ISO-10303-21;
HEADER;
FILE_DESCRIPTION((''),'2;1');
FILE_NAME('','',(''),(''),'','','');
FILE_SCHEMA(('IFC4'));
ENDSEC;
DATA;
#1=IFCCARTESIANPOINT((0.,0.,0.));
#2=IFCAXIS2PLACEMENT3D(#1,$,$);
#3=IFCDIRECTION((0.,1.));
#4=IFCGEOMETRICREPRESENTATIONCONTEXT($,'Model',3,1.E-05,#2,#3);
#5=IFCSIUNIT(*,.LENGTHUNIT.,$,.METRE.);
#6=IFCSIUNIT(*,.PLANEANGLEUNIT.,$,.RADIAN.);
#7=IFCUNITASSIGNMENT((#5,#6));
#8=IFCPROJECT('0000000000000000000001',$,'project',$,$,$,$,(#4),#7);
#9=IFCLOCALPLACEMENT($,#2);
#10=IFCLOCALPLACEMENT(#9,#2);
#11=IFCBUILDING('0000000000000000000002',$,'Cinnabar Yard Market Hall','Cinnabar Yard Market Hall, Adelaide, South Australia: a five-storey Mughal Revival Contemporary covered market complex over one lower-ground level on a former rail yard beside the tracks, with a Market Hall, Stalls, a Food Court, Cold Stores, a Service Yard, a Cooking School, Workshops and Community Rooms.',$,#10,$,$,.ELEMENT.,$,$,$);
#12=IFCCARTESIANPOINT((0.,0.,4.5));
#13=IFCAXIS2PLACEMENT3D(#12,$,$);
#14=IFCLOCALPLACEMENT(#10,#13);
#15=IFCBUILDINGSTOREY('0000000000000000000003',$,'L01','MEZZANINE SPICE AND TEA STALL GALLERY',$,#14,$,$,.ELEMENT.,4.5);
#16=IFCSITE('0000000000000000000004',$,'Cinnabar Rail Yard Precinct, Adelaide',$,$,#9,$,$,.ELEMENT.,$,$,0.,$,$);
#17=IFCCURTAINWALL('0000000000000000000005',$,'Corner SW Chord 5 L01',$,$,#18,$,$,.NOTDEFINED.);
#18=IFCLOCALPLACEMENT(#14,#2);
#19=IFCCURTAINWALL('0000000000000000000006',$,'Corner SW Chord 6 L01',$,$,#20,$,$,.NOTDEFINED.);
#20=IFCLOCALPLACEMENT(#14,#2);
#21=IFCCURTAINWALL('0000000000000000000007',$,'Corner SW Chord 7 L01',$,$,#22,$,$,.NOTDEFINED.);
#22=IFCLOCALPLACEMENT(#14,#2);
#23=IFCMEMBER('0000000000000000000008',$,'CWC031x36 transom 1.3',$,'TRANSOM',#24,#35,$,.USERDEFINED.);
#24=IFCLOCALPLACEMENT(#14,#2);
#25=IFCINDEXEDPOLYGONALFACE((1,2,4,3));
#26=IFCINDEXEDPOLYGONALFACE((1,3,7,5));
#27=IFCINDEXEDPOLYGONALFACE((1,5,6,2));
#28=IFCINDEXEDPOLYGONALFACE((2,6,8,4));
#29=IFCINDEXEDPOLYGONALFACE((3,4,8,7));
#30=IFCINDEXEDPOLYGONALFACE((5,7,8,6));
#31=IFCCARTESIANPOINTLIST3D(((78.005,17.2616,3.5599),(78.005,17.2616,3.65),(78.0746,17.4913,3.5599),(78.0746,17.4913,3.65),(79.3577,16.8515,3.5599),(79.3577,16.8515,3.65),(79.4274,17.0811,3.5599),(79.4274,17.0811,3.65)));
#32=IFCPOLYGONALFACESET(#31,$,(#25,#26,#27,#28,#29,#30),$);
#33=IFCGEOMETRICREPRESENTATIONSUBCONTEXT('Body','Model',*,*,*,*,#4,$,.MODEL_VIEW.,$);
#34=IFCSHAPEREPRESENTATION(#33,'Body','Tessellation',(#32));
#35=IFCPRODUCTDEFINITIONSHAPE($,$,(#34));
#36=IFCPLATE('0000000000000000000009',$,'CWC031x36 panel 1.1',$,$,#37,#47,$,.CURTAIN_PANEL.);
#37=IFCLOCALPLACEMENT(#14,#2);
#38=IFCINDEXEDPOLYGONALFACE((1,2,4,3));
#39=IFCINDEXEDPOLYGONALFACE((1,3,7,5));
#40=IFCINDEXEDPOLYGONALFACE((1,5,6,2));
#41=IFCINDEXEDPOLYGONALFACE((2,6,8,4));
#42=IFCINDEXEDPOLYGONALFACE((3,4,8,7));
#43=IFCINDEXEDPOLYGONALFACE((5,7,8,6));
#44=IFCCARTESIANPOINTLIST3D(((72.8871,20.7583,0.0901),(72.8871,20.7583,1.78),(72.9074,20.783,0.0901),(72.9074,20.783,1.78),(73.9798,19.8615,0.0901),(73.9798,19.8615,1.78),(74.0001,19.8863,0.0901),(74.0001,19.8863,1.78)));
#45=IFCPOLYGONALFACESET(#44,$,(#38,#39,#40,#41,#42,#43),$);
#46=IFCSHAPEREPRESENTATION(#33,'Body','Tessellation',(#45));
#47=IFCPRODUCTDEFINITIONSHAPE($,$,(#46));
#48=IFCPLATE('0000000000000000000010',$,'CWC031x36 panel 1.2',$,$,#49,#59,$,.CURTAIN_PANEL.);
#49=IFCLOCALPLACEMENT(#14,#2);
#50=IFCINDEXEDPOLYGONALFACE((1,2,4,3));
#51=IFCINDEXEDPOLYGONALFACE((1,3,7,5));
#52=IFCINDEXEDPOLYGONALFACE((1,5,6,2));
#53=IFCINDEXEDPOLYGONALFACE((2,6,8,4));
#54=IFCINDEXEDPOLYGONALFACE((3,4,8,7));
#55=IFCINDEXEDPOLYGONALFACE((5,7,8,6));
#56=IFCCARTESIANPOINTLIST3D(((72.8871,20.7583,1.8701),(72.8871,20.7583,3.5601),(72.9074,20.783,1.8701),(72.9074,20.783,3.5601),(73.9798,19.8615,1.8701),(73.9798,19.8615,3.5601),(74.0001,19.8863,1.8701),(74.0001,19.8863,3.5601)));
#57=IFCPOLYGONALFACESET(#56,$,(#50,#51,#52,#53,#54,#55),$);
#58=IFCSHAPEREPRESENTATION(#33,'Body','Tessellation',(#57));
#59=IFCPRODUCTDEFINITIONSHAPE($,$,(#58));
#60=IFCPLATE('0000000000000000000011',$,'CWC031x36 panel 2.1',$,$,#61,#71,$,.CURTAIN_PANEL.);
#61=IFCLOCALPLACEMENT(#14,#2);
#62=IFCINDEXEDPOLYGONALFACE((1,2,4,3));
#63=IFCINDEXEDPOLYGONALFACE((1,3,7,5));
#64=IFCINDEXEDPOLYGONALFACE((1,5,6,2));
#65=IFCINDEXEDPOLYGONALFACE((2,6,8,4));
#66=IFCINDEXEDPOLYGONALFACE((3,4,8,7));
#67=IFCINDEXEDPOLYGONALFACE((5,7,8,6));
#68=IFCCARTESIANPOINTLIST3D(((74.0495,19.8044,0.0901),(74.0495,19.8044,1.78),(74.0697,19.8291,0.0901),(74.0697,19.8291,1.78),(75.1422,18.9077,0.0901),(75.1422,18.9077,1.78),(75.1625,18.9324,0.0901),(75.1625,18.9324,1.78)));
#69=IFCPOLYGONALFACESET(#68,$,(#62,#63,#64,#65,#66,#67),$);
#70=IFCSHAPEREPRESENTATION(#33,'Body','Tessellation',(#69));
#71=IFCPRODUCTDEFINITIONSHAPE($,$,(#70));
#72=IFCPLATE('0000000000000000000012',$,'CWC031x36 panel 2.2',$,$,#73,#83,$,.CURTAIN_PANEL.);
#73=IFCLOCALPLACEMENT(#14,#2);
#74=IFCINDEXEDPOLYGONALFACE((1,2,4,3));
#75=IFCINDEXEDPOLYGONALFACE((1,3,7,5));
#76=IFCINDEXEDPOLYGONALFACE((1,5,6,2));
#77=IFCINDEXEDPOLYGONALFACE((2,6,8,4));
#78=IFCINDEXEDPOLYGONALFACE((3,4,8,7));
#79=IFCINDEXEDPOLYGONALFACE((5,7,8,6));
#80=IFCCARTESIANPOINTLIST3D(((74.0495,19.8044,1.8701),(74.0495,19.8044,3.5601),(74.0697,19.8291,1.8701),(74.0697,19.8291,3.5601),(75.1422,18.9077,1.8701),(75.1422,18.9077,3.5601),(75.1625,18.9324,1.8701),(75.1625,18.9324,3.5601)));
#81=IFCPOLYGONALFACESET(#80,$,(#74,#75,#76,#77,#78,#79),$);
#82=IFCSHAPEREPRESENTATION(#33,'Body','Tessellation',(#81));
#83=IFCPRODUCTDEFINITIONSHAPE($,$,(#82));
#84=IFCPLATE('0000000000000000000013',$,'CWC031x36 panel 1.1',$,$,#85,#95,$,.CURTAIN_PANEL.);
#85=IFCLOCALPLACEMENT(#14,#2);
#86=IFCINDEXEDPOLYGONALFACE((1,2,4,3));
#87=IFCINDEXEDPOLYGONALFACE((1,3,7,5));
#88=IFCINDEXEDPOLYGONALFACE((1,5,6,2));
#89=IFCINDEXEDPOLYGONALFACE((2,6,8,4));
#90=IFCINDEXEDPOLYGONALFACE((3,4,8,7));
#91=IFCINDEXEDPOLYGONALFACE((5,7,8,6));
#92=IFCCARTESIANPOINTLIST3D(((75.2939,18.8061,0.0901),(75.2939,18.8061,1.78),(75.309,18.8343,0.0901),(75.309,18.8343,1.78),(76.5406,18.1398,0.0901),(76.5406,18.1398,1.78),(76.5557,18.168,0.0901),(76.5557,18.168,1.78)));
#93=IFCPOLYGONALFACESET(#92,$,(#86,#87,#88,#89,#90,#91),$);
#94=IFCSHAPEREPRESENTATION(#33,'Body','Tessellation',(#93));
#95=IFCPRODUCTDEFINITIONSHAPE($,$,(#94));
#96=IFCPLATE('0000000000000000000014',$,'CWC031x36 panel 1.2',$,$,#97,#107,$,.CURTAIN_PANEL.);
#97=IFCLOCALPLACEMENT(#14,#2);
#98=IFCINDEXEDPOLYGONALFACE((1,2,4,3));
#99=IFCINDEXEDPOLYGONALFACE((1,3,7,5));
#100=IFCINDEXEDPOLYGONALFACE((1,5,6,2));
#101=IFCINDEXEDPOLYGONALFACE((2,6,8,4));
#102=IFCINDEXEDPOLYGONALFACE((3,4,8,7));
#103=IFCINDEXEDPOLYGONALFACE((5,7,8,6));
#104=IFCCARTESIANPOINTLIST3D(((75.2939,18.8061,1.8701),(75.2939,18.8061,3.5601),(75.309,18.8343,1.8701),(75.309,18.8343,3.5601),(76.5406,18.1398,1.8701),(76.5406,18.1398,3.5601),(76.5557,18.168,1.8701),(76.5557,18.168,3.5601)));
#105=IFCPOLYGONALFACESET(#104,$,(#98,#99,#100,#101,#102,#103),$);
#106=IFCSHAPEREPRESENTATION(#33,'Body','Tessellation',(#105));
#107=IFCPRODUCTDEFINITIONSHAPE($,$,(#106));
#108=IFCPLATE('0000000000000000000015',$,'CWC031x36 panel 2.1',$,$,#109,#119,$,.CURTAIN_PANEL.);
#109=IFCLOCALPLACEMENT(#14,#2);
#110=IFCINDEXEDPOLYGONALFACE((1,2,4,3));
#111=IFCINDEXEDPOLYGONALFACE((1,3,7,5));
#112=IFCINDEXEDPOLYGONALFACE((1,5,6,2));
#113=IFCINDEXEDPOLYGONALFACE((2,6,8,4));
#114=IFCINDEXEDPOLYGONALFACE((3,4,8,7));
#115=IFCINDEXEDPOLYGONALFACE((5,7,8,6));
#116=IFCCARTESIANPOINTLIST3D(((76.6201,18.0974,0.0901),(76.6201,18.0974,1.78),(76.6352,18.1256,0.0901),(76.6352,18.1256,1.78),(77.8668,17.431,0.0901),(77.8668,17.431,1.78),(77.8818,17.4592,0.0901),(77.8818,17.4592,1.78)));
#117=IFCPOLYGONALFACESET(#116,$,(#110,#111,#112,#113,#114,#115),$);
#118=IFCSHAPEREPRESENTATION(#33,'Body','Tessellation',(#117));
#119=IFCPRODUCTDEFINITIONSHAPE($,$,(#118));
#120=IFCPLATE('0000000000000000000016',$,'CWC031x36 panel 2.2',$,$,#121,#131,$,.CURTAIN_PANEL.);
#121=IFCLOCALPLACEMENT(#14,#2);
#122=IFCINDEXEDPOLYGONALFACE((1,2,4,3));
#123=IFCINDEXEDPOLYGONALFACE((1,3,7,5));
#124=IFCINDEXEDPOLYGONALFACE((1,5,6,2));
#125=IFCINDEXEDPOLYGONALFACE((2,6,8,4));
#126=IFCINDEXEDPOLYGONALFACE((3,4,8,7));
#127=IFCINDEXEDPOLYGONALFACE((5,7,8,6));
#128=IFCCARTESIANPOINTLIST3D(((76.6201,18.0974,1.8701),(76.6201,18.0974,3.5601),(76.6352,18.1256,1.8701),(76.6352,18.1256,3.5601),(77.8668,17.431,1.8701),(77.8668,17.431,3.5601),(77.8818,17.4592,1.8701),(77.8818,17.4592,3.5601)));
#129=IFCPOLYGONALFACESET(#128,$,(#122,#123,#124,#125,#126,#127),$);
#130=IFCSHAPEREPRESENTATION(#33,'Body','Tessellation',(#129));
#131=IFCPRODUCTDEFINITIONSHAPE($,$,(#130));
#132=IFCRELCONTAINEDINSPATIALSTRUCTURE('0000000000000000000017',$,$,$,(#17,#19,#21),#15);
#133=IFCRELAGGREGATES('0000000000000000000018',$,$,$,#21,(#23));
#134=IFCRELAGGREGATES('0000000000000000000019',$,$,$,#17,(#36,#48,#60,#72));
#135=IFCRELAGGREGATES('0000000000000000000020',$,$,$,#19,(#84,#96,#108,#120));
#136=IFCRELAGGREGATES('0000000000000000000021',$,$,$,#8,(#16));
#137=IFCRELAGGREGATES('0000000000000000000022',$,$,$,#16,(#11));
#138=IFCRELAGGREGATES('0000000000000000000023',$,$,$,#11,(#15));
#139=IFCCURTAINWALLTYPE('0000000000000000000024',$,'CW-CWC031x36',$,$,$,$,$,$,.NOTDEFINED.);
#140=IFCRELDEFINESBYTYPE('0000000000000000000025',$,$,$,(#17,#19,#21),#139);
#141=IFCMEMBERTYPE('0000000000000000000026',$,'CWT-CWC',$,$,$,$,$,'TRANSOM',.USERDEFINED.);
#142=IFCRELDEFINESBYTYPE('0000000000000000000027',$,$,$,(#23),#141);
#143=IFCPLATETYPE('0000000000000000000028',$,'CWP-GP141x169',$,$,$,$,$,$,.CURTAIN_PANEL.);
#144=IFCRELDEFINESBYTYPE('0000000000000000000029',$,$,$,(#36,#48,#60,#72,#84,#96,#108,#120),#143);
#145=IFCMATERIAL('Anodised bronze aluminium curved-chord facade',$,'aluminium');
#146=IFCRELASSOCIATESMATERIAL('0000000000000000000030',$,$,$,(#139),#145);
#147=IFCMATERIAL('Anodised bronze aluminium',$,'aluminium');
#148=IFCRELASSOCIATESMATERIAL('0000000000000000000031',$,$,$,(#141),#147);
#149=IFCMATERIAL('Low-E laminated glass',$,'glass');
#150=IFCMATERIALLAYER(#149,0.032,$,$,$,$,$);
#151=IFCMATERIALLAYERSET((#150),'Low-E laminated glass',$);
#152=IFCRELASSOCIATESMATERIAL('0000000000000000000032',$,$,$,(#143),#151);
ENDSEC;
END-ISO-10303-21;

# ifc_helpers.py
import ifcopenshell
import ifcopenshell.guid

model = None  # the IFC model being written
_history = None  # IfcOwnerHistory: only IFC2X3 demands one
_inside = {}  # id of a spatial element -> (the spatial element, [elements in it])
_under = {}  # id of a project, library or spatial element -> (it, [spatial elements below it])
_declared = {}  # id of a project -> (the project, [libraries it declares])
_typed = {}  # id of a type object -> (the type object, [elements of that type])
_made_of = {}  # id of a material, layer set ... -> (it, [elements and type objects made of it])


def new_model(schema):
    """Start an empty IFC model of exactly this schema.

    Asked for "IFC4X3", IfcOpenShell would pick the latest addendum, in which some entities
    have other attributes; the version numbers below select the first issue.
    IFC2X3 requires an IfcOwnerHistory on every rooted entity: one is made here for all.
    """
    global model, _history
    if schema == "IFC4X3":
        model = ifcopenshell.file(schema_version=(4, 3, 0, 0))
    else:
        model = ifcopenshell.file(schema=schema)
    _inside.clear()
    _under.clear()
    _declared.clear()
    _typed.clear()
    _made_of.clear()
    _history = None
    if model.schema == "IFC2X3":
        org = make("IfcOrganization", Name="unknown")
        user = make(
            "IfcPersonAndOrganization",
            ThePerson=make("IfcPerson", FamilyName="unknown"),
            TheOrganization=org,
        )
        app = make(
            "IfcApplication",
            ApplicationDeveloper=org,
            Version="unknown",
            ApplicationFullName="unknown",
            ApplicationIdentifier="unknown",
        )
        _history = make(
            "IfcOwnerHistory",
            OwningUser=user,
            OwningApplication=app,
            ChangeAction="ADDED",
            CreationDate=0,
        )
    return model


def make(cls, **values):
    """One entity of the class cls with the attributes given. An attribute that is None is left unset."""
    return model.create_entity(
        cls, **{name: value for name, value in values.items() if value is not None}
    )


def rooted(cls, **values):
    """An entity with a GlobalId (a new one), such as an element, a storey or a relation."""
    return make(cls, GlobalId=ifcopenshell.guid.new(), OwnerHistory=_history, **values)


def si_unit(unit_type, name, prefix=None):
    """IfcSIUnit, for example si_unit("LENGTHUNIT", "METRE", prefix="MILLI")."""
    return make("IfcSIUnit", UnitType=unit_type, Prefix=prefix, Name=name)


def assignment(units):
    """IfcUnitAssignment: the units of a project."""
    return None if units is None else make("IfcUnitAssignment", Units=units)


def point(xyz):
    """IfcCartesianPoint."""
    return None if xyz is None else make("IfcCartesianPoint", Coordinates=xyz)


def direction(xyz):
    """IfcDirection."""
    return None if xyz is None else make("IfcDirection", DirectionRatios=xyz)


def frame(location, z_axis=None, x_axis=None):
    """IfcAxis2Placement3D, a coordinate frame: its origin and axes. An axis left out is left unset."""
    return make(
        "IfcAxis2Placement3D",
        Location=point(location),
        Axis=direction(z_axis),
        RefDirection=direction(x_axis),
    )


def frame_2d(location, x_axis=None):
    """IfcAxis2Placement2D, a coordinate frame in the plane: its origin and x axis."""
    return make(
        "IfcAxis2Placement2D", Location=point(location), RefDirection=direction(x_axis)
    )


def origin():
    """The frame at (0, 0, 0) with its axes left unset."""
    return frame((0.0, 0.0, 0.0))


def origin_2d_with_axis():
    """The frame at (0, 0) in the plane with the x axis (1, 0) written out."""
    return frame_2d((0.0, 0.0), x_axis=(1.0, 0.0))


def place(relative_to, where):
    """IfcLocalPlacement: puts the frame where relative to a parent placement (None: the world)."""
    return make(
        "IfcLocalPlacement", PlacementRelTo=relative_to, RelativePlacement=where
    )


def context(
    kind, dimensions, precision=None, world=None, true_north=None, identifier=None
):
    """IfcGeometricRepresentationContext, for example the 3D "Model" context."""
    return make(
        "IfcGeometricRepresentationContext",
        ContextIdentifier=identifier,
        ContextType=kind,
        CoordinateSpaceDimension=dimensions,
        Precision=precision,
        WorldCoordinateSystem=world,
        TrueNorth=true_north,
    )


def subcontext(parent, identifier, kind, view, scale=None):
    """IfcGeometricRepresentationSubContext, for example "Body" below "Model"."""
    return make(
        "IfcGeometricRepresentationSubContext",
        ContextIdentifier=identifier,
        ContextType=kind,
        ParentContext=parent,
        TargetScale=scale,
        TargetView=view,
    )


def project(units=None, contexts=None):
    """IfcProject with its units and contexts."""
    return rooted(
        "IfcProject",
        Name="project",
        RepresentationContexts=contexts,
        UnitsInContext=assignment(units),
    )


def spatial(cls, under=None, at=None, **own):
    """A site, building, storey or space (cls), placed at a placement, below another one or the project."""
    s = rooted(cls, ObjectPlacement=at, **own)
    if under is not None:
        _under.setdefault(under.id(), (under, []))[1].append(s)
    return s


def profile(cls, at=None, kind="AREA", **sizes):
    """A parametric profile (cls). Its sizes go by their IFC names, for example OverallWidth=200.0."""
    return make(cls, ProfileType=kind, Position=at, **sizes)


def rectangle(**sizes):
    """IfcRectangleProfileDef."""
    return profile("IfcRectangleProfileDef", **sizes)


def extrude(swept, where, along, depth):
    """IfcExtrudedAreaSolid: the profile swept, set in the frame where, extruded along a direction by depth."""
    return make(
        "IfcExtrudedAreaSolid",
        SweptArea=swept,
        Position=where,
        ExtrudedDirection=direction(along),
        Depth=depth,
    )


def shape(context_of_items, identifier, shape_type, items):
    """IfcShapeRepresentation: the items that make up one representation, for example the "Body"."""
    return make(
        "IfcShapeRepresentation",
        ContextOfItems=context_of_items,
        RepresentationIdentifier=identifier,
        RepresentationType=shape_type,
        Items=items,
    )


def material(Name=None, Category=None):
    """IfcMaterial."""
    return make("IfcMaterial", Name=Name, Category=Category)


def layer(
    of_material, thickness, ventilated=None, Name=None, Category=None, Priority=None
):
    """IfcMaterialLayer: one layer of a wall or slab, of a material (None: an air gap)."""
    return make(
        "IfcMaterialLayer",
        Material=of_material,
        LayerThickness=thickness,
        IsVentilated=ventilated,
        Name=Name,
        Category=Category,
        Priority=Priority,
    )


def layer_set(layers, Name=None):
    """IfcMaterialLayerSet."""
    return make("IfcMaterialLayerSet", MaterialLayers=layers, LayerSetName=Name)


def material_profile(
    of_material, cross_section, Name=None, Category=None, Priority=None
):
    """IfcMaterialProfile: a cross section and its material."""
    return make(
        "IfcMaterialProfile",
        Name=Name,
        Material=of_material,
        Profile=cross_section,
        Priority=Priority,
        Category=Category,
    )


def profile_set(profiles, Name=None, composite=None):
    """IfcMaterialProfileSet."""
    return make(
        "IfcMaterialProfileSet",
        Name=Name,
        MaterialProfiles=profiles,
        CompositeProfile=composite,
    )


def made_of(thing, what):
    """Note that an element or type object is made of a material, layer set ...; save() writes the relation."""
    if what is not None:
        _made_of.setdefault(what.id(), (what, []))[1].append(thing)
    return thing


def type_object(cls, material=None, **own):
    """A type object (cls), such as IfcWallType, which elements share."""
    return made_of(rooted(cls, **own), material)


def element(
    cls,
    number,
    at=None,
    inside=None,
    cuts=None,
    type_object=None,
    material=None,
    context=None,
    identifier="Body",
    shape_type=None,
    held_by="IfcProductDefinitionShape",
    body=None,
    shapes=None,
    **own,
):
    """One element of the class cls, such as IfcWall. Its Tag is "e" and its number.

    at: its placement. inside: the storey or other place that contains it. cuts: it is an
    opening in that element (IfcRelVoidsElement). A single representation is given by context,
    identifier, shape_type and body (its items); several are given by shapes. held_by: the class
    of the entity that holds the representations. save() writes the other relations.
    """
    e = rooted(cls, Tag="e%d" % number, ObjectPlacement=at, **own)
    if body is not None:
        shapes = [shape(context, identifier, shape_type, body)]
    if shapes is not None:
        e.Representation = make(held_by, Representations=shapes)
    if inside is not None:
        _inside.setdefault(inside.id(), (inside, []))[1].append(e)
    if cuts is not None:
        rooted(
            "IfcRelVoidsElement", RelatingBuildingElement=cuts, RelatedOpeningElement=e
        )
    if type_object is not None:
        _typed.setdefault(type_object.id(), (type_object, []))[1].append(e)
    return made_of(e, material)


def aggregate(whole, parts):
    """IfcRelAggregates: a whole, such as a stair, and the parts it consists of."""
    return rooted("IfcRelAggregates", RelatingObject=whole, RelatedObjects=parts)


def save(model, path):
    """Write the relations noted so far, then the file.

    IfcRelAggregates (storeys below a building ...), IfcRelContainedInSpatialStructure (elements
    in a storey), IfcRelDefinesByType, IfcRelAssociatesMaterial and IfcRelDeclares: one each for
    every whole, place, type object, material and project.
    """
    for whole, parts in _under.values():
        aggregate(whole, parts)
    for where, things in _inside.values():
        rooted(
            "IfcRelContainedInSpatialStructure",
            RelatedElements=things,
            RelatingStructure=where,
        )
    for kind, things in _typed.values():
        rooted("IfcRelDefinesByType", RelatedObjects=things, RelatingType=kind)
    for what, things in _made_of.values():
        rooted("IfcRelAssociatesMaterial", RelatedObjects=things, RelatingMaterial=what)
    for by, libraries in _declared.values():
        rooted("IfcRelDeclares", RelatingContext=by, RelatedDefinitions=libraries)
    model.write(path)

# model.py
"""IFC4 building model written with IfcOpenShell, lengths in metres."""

from ifc_helpers import new_model, si_unit, direction, frame, origin, origin_2d_with_axis, place, context, subcontext, project, spatial, rectangle, extrude, material, layer, layer_set, material_profile, profile_set, type_object, element, aggregate, save


model = new_model("IFC4")

# Units and contexts
model_context = context("Model", 3, precision=1e-05, world=origin(), true_north=direction((0.0, 1.0)))
body_context = subcontext(model_context, "Body", "Model", "MODEL_VIEW")
ifc_project = project(units=[si_unit("LENGTHUNIT", "METRE"), si_unit("PLANEANGLEUNIT", "RADIAN")], contexts=[model_context])

# Site, building, storey
site_placement = place(None, origin())
site = spatial("IfcSite", under=ifc_project, at=site_placement, Name="Cinnabar Rail Yard Precinct, Adelaide", CompositionType="ELEMENT", RefElevation=0.0)
building_placement = place(site_placement, origin())
building = spatial("IfcBuilding", under=site, at=building_placement, Name="Cinnabar Yard Market Hall", Description="Cinnabar Yard Market Hall, Adelaide, South Australia: a five-storey Mughal Revival Contemporary covered market complex over one lower-ground level on a former rail yard beside the tracks, with a Market Hall, Stalls, a Food Court, Cold Stores, a Service Yard, a Cooking School, Workshops and Community Rooms.", CompositionType="ELEMENT")
storey_placement = place(building_placement, frame((0.0, 0.0, 4.5)))
storey = spatial("IfcBuildingStorey", under=building, at=storey_placement, Name="L01", Description="MEZZANINE SPICE AND TEA STALL GALLERY", CompositionType="ELEMENT", Elevation=4.5)

# Curtain walls
ifc_material_1 = material(Name="Anodised bronze aluminium curved-chord facade", Category="aluminium")
curtain_wall_type = type_object("IfcCurtainWallType", Name="CW-CWC031x36", PredefinedType="NOTDEFINED", material=ifc_material_1)
curtain_wall_1_placement = place(storey_placement, origin())
curtain_wall_1 = element("IfcCurtainWall", 1, at=curtain_wall_1_placement, inside=storey, type_object=curtain_wall_type, Name="Corner SW Chord 5 L01", PredefinedType="NOTDEFINED")
ifc_material_2 = material(Name="Anodised bronze aluminium", Category="aluminium")
curtain_wall_2_placement = place(storey_placement, origin())
curtain_wall_2 = element("IfcCurtainWall", 2, at=curtain_wall_2_placement, inside=storey, type_object=curtain_wall_type, Name="Corner SW Chord 6 L01", PredefinedType="NOTDEFINED")

# Curtain wall
curtain_wall_3_placement = place(storey_placement, origin())
curtain_wall_3 = element("IfcCurtainWall", 3, at=curtain_wall_3_placement, inside=storey, type_object=curtain_wall_type, Name="Corner SW Chord 7 L01", PredefinedType="NOTDEFINED")

# Member
ifc_material_profile_1 = material_profile(ifc_material_2, rectangle(XDim=0.24, YDim=0.0901, at=origin_2d_with_axis()), Name="TRN-CWC")
ifc_profile_set_1 = profile_set([ifc_material_profile_1], Name="Anodised bronze aluminium")
member_type_1 = type_object("IfcMemberType", Name="CWT-CWC", ElementType="TRANSOM", PredefinedType="USERDEFINED", material=ifc_profile_set_1)
member_1_placement = place(storey_placement, frame((78.0398, 17.3765, 3.605), z_axis=(0.956981, -0.290151, 0.0), x_axis=(0.290151, 0.956981, 0.0)))
member_1 = element("IfcMember", 4, at=member_1_placement, type_object=member_type_1, Name="CWC031x36 transom 1.3", ObjectType="TRANSOM", PredefinedType="USERDEFINED", context=body_context, shape_type="SweptSolid", body=[
    extrude(rectangle(XDim=0.24, YDim=0.0901, at=origin_2d_with_axis()), origin(), (0.0, 0.0, 1.0), 1.4136),
])
aggregate(curtain_wall_3, [member_1])

# Plates
ifc_material_3 = material(Name="Low-E laminated glass", Category="glass")
ifc_layer = layer(ifc_material_3, 0.032)
ifc_layer_set = layer_set([ifc_layer], Name="Low-E laminated glass")
plate_type = type_object("IfcPlateType", Name="CWP-GP141x169", PredefinedType="CURTAIN_PANEL", material=ifc_layer_set)
plate_1_placement = place(storey_placement, frame((73.4436, 20.3223, 0.0901), z_axis=(0.0, 0.0, 1.0), x_axis=(0.773019, -0.634383, 0.0)))
plate_1 = element("IfcPlate", 5, at=plate_1_placement, type_object=plate_type, Name="CWC031x36 panel 1.1", PredefinedType="CURTAIN_PANEL", context=body_context, shape_type="SweptSolid", body=[
    extrude(rectangle(XDim=1.4136, YDim=0.032, at=origin_2d_with_axis()), origin(), (0.0, 0.0, 1.0), 1.6899),
])
plate_2_placement = place(storey_placement, frame((73.4436, 20.3223, 1.8701), z_axis=(0.0, 0.0, 1.0), x_axis=(0.773019, -0.634383, 0.0)))
plate_2 = element("IfcPlate", 6, at=plate_2_placement, type_object=plate_type, Name="CWC031x36 panel 1.2", PredefinedType="CURTAIN_PANEL", context=body_context, shape_type="SweptSolid", body=[
    extrude(rectangle(XDim=1.4136, YDim=0.032, at=origin_2d_with_axis()), origin(), (0.0, 0.0, 1.0), 1.6899),
])
plate_3_placement = place(storey_placement, frame((74.606, 19.3684, 0.0901), z_axis=(0.0, 0.0, 1.0), x_axis=(0.773019, -0.634383, 0.0)))
plate_3 = element("IfcPlate", 7, at=plate_3_placement, type_object=plate_type, Name="CWC031x36 panel 2.1", PredefinedType="CURTAIN_PANEL", context=body_context, shape_type="SweptSolid", body=[
    extrude(rectangle(XDim=1.4136, YDim=0.032, at=origin_2d_with_axis()), origin(), (0.0, 0.0, 1.0), 1.6899),
])
plate_4_placement = place(storey_placement, frame((74.606, 19.3684, 1.8701), z_axis=(0.0, 0.0, 1.0), x_axis=(0.773019, -0.634383, 0.0)))
plate_4 = element("IfcPlate", 8, at=plate_4_placement, type_object=plate_type, Name="CWC031x36 panel 2.2", PredefinedType="CURTAIN_PANEL", context=body_context, shape_type="SweptSolid", body=[
    extrude(rectangle(XDim=1.4136, YDim=0.032, at=origin_2d_with_axis()), origin(), (0.0, 0.0, 1.0), 1.6899),
])
aggregate(curtain_wall_1, [plate_1, plate_2, plate_3, plate_4])
plate_5_placement = place(storey_placement, frame((75.9248, 18.4871, 0.0901), z_axis=(0.0, 0.0, 1.0), x_axis=(0.881917, -0.471404, 0.0)))
plate_5 = element("IfcPlate", 9, at=plate_5_placement, type_object=plate_type, Name="CWC031x36 panel 1.1", PredefinedType="CURTAIN_PANEL", context=body_context, shape_type="SweptSolid", body=[
    extrude(rectangle(XDim=1.4136, YDim=0.032, at=origin_2d_with_axis()), origin(), (0.0, 0.0, 1.0), 1.6899),
])
plate_6_placement = place(storey_placement, frame((75.9248, 18.4871, 1.8701), z_axis=(0.0, 0.0, 1.0), x_axis=(0.881917, -0.471404, 0.0)))
plate_6 = element("IfcPlate", 10, at=plate_6_placement, type_object=plate_type, Name="CWC031x36 panel 1.2", PredefinedType="CURTAIN_PANEL", context=body_context, shape_type="SweptSolid", body=[
    extrude(rectangle(XDim=1.4136, YDim=0.032, at=origin_2d_with_axis()), origin(), (0.0, 0.0, 1.0), 1.6899),
])
plate_7_placement = place(storey_placement, frame((77.251, 17.7783, 0.0901), z_axis=(0.0, 0.0, 1.0), x_axis=(0.881917, -0.471404, 0.0)))
plate_7 = element("IfcPlate", 11, at=plate_7_placement, type_object=plate_type, Name="CWC031x36 panel 2.1", PredefinedType="CURTAIN_PANEL", context=body_context, shape_type="SweptSolid", body=[
    extrude(rectangle(XDim=1.4136, YDim=0.032, at=origin_2d_with_axis()), origin(), (0.0, 0.0, 1.0), 1.6899),
])
plate_8_placement = place(storey_placement, frame((77.251, 17.7783, 1.8701), z_axis=(0.0, 0.0, 1.0), x_axis=(0.881917, -0.471404, 0.0)))
plate_8 = element("IfcPlate", 12, at=plate_8_placement, type_object=plate_type, Name="CWC031x36 panel 2.2", PredefinedType="CURTAIN_PANEL", context=body_context, shape_type="SweptSolid", body=[
    extrude(rectangle(XDim=1.4136, YDim=0.032, at=origin_2d_with_axis()), origin(), (0.0, 0.0, 1.0), 1.6899),
])
aggregate(curtain_wall_2, [plate_5, plate_6, plate_7, plate_8])

save(model, "model.ifc")
